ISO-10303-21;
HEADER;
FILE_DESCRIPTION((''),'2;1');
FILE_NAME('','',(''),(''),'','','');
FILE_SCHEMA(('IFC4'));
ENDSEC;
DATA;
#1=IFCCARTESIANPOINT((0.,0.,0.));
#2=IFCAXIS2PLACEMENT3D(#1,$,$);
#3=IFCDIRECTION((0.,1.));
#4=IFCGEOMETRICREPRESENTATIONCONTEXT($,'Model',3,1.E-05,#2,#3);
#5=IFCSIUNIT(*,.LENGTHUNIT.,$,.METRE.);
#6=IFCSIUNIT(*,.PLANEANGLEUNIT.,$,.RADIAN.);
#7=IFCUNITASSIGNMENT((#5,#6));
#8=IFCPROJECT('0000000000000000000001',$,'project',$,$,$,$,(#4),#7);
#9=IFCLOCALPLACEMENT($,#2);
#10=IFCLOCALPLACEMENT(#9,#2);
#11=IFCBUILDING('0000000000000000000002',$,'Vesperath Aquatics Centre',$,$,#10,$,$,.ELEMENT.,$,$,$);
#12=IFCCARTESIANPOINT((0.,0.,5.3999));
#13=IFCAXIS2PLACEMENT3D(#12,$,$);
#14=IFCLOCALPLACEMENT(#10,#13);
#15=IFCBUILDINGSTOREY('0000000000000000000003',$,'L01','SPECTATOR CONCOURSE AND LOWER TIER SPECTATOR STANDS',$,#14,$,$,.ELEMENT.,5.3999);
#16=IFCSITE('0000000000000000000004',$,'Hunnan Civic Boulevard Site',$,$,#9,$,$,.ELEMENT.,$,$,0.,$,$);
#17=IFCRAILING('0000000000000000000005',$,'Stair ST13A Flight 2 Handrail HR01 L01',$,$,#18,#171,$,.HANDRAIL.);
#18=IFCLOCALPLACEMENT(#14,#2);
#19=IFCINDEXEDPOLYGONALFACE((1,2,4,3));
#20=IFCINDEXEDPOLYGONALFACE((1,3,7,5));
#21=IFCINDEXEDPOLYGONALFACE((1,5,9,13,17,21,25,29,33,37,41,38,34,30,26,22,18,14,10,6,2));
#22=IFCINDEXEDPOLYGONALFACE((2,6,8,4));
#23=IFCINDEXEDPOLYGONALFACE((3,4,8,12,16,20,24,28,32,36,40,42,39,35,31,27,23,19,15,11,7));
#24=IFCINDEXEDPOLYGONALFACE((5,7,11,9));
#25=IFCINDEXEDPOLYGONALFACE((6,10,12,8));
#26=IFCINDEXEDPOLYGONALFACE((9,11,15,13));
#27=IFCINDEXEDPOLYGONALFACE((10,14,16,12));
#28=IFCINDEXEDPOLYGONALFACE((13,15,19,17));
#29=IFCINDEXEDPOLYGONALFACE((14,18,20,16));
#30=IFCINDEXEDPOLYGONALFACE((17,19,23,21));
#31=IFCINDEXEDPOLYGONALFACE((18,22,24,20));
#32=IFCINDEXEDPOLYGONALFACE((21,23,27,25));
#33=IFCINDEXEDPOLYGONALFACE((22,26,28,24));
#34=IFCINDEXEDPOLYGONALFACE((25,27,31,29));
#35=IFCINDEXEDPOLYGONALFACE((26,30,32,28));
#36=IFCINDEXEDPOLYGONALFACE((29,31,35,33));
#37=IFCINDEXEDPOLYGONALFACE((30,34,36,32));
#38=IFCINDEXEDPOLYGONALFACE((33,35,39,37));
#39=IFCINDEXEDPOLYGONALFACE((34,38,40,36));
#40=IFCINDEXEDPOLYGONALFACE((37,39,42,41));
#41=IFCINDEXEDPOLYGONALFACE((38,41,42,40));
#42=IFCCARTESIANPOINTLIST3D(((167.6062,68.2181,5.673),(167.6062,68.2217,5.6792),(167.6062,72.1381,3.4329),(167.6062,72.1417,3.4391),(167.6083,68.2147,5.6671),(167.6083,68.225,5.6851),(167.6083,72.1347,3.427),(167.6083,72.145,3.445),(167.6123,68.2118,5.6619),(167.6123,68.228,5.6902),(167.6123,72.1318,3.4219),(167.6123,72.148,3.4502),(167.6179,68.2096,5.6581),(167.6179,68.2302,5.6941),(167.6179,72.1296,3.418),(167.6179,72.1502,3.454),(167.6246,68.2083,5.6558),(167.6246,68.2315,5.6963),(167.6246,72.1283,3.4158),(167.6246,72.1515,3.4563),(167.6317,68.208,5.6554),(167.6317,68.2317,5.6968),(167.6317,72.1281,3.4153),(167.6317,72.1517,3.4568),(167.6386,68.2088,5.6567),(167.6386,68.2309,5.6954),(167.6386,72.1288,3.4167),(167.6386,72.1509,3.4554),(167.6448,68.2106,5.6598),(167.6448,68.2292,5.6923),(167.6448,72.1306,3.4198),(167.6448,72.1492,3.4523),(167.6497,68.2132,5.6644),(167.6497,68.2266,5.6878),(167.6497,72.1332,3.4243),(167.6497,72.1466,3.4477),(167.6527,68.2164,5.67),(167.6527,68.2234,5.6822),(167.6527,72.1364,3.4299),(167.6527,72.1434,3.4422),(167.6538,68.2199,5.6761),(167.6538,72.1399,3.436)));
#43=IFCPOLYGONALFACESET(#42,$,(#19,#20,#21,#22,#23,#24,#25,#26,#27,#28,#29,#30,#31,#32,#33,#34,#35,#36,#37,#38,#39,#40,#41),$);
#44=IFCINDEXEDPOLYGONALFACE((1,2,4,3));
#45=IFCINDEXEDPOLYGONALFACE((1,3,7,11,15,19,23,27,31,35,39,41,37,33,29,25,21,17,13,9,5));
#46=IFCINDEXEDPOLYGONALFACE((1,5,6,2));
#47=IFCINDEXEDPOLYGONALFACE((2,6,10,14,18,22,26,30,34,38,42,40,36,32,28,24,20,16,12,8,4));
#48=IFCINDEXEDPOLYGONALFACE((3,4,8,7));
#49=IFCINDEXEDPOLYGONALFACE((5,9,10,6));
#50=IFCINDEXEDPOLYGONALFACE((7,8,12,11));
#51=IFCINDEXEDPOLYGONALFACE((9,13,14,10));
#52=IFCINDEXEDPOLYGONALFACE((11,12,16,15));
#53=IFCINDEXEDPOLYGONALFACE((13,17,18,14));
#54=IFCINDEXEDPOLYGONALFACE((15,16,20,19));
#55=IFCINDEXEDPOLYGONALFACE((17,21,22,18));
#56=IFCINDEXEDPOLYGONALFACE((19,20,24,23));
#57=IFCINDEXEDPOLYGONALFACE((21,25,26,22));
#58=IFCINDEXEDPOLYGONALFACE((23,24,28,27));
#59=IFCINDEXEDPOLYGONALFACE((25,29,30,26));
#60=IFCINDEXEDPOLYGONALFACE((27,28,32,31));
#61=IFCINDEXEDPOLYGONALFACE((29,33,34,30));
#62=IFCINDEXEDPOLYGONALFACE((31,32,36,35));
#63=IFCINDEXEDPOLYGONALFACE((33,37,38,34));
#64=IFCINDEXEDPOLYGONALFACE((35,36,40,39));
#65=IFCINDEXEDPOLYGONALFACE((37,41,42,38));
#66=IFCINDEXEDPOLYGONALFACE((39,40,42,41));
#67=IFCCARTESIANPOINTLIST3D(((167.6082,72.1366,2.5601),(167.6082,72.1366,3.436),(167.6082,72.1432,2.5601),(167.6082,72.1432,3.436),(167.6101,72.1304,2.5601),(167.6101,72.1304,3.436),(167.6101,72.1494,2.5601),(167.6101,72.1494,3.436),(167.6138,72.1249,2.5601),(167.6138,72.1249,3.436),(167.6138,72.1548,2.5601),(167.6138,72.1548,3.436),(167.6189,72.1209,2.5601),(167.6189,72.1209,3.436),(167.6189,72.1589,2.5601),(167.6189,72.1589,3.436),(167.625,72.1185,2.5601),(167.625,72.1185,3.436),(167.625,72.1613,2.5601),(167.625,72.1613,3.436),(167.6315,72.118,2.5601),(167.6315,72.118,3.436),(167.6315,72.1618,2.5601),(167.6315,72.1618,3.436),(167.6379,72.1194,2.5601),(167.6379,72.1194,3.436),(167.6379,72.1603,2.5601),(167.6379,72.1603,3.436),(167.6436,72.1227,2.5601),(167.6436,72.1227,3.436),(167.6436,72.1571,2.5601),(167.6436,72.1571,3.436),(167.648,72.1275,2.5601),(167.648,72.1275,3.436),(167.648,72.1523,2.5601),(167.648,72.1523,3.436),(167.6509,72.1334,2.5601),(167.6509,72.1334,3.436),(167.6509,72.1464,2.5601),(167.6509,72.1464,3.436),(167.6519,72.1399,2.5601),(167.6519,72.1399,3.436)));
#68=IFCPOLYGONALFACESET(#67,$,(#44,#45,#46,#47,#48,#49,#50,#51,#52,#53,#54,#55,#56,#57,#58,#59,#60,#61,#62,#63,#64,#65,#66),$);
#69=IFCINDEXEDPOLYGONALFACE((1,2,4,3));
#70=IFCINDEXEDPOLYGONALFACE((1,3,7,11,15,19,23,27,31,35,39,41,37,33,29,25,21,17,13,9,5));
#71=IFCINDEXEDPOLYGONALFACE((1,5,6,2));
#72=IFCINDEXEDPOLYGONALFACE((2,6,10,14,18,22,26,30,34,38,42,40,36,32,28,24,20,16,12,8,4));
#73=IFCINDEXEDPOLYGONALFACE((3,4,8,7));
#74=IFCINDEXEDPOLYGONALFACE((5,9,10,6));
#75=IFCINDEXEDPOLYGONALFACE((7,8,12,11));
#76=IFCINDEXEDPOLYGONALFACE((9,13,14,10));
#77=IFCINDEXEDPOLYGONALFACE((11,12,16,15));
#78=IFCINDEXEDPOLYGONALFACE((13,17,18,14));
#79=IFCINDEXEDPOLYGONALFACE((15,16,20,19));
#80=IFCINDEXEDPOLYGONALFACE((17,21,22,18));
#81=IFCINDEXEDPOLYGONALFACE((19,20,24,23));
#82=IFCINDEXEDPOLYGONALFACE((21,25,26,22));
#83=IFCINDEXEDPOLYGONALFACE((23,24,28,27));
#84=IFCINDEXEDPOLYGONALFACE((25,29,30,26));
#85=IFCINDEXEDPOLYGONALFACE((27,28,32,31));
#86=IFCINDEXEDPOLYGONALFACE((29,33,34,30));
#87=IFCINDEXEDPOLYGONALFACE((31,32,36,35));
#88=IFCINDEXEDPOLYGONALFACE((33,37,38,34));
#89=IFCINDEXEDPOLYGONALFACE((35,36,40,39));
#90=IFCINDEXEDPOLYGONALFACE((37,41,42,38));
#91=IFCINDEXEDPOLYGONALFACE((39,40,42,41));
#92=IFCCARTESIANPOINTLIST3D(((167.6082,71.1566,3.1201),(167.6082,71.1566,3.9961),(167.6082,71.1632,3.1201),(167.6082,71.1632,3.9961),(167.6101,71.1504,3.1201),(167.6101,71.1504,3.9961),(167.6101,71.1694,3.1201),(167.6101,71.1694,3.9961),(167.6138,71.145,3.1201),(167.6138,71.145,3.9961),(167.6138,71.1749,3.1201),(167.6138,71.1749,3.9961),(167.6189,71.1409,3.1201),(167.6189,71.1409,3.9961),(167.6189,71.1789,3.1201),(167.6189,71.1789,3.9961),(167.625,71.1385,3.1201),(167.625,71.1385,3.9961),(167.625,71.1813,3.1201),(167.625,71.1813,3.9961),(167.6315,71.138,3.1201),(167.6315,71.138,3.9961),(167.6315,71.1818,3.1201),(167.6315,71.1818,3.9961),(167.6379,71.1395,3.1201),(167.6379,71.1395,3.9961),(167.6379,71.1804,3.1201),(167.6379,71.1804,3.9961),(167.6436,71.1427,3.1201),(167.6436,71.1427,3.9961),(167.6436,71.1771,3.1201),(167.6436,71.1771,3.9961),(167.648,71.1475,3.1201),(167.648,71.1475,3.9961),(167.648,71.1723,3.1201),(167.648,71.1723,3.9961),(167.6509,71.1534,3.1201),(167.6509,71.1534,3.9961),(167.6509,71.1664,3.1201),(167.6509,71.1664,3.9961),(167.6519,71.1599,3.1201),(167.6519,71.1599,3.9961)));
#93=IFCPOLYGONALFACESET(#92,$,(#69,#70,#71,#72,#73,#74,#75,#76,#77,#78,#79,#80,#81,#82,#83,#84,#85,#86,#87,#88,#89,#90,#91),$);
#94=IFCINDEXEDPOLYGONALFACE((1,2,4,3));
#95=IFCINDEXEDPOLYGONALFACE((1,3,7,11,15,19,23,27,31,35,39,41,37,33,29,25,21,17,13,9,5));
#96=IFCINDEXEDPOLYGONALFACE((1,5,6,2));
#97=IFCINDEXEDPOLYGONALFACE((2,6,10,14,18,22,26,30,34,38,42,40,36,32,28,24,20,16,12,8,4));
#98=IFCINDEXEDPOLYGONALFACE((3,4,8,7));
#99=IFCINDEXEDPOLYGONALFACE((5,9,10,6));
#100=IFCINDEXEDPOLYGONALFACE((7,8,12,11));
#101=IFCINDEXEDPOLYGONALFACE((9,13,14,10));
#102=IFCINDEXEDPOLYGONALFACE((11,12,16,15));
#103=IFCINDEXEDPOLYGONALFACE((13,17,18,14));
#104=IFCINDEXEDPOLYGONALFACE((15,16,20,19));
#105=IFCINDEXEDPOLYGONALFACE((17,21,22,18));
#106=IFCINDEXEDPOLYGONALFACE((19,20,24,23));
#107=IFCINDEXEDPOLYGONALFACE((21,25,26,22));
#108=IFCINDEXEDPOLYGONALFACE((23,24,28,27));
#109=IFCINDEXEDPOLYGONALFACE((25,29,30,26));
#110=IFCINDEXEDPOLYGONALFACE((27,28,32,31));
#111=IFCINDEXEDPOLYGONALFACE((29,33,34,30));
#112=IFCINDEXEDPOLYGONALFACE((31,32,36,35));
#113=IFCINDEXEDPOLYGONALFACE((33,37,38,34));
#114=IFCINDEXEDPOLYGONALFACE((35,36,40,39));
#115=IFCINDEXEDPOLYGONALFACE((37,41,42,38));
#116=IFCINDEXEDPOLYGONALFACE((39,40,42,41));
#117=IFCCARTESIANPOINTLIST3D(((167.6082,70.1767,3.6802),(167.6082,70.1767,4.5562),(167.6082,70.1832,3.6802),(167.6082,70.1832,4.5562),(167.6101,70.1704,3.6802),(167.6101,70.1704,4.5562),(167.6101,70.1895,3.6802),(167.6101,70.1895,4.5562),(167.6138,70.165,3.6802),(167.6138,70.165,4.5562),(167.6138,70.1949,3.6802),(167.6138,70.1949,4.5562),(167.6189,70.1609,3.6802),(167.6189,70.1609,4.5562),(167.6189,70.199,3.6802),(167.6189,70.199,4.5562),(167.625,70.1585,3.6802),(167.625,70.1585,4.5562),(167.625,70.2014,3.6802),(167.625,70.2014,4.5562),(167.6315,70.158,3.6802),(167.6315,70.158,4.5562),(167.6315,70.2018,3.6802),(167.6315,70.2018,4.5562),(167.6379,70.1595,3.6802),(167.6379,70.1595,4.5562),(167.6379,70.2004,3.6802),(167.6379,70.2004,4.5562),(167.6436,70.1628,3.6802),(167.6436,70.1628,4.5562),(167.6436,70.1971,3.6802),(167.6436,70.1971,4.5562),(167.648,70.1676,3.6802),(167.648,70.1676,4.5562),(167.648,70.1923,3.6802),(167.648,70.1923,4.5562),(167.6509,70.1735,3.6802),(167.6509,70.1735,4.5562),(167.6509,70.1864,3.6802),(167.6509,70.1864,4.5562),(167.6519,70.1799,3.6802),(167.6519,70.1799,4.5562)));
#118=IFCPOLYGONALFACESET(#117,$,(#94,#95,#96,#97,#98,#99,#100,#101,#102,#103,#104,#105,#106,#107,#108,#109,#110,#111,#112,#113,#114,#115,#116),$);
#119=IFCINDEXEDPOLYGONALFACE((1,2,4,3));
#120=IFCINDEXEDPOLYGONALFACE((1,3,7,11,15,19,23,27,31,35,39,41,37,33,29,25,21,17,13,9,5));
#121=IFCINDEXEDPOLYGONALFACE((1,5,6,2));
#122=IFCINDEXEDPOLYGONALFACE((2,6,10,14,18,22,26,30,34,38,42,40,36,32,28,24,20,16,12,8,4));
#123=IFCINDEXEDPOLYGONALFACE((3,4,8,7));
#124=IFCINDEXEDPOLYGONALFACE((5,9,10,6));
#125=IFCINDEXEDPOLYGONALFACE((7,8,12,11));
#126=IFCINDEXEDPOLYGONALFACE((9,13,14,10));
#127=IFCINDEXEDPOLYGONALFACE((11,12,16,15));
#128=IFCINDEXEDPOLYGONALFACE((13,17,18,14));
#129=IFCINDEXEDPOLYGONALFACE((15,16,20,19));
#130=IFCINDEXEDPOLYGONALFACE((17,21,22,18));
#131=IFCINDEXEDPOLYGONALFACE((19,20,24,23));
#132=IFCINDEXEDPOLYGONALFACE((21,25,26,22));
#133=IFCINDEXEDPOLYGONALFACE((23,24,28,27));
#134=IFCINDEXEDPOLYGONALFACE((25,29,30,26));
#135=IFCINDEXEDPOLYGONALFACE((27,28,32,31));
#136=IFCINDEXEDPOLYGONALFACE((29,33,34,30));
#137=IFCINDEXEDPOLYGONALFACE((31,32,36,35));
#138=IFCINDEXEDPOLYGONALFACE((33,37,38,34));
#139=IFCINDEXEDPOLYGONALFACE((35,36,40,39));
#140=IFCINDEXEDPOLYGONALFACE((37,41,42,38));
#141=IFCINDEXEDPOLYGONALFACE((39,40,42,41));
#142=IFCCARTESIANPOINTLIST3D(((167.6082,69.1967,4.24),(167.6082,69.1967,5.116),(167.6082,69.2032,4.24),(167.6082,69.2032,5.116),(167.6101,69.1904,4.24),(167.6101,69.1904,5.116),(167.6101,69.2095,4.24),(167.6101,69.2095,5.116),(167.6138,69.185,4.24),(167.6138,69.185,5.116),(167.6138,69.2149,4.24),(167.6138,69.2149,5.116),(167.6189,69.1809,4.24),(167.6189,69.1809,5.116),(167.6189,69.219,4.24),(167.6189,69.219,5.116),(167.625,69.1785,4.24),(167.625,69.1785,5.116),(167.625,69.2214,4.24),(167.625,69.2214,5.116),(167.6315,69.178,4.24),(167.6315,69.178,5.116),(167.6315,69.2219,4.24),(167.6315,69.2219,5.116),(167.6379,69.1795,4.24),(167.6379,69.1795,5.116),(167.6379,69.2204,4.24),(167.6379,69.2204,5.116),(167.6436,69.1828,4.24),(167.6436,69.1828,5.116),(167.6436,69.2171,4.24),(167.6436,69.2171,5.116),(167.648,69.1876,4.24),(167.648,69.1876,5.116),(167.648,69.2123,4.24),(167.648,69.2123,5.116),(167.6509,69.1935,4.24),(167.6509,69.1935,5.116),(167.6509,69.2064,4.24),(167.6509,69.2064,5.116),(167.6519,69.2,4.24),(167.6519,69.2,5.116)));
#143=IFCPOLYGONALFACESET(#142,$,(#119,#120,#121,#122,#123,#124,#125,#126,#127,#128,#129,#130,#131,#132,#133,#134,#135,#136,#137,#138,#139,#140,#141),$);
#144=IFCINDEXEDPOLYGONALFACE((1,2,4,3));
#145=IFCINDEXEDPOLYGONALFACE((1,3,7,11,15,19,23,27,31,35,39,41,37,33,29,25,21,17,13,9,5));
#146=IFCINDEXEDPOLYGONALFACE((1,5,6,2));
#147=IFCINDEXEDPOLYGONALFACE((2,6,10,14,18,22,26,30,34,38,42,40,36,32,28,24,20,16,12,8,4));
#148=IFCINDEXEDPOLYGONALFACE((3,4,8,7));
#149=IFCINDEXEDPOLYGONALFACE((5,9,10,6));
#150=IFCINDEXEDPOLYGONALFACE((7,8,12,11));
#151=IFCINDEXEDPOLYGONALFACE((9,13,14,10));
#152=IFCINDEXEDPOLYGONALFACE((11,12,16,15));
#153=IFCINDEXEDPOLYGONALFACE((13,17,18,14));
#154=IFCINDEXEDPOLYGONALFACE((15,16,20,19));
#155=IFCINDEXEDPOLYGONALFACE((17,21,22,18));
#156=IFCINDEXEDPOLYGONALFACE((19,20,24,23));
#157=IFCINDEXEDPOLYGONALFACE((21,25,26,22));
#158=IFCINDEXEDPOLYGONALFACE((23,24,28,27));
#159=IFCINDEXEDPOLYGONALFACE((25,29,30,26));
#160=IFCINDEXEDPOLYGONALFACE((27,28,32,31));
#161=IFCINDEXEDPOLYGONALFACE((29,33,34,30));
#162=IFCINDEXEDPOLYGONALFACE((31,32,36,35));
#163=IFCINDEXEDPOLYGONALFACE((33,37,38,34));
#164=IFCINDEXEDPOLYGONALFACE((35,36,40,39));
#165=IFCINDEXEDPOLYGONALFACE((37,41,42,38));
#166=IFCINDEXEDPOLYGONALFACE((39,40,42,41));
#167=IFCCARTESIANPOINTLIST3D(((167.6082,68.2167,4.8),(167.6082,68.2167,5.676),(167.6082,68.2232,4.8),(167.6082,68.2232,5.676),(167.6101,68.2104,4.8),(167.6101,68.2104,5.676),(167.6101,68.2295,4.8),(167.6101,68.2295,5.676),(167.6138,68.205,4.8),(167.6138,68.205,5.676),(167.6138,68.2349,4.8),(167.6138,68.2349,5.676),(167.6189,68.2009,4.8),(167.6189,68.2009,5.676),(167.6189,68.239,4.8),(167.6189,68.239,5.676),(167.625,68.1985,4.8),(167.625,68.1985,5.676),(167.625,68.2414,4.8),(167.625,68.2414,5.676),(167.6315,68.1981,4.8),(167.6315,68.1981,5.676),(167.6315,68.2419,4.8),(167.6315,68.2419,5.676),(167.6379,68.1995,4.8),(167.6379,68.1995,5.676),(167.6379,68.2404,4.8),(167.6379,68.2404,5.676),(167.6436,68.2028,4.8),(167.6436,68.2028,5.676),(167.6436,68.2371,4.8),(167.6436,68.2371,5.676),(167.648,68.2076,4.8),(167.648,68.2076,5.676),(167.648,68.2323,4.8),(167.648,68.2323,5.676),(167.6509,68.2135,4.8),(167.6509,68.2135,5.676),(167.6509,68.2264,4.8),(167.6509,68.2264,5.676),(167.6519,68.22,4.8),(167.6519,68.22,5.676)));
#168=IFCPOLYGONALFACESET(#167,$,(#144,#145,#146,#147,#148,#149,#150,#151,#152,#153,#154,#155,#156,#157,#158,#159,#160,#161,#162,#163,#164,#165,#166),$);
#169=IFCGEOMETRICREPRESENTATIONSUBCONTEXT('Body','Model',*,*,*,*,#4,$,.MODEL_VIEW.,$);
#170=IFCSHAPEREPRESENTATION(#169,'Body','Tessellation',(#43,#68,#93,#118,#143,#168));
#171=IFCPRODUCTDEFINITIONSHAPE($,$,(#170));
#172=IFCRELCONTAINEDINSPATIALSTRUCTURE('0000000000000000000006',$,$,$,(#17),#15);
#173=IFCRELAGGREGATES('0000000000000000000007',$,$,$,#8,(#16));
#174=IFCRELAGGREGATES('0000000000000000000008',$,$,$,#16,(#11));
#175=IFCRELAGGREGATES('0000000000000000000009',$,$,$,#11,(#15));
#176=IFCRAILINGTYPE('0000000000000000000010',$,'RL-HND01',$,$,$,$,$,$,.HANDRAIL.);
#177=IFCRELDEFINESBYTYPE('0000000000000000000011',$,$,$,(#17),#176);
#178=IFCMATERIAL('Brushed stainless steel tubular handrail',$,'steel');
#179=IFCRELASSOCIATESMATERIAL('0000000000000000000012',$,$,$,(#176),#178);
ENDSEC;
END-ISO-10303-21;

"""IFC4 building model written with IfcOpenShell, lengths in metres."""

from ifc_helpers import new_model, si_unit, direction, frame, origin, origin_2d, place, context, subcontext, project, spatial, circle, extrude, material, type_object, element, save


model = new_model("IFC4")

# Units and contexts
model_context = context("Model", 3, precision=1e-05, world=origin(), true_north=direction((0.0, 1.0)))
body_context = subcontext(model_context, "Body", "Model", "MODEL_VIEW")
ifc_project = project(units=[si_unit("LENGTHUNIT", "METRE"), si_unit("PLANEANGLEUNIT", "RADIAN")], contexts=[model_context])

# Site, building, storey
site_placement = place(None, origin())
site = spatial("IfcSite", under=ifc_project, at=site_placement, Name="Hunnan Civic Boulevard Site", CompositionType="ELEMENT", RefElevation=0.0)
building_placement = place(site_placement, origin())
building = spatial("IfcBuilding", under=site, at=building_placement, Name="Vesperath Aquatics Centre", CompositionType="ELEMENT")
storey_placement = place(building_placement, frame((0.0, 0.0, 5.3999)))
storey = spatial("IfcBuildingStorey", under=building, at=storey_placement, Name="L01", Description="SPECTATOR CONCOURSE AND LOWER TIER SPECTATOR STANDS", CompositionType="ELEMENT", Elevation=5.3999)

# Railing
ifc_material_1 = material(Name="Brushed stainless steel tubular handrail", Category="steel")
railing_type_1 = type_object("IfcRailingType", Name="RL-HND01", PredefinedType="HANDRAIL", material=ifc_material_1)
railing_1_placement = place(storey_placement, frame((167.6299, 72.1399, 2.5601)))
element("IfcRailing", 1, at=railing_1_placement, inside=storey, type_object=railing_type_1, Name="Stair ST13A Flight 2 Handrail HR01 L01", PredefinedType="HANDRAIL", context=body_context, shape_type="SweptSolid", body=[
    extrude(circle(Radius=0.0239, at=origin_2d()), frame((0.0, 0.0, 0.876), z_axis=(0.0, -0.86824, 0.496145), x_axis=(1.0, 0.0, 0.0)), (0.0, 0.0, 1.0), 4.5149),
    extrude(circle(Radius=0.022, at=origin_2d()), origin(), (0.0, 0.0, 1.0), 0.876),
    extrude(circle(Radius=0.022, at=origin_2d()), frame((0.0, -0.98, 0.5601)), (0.0, 0.0, 1.0), 0.876),
    extrude(circle(Radius=0.022, at=origin_2d()), frame((0.0, -1.96, 1.1201)), (0.0, 0.0, 1.0), 0.876),
    extrude(circle(Radius=0.022, at=origin_2d()), frame((0.0, -2.9399, 1.6799)), (0.0, 0.0, 1.0), 0.876),
    extrude(circle(Radius=0.022, at=origin_2d()), frame((0.0, -3.9199, 2.24)), (0.0, 0.0, 1.0), 0.876),
])

save(model, "model.ifc")
